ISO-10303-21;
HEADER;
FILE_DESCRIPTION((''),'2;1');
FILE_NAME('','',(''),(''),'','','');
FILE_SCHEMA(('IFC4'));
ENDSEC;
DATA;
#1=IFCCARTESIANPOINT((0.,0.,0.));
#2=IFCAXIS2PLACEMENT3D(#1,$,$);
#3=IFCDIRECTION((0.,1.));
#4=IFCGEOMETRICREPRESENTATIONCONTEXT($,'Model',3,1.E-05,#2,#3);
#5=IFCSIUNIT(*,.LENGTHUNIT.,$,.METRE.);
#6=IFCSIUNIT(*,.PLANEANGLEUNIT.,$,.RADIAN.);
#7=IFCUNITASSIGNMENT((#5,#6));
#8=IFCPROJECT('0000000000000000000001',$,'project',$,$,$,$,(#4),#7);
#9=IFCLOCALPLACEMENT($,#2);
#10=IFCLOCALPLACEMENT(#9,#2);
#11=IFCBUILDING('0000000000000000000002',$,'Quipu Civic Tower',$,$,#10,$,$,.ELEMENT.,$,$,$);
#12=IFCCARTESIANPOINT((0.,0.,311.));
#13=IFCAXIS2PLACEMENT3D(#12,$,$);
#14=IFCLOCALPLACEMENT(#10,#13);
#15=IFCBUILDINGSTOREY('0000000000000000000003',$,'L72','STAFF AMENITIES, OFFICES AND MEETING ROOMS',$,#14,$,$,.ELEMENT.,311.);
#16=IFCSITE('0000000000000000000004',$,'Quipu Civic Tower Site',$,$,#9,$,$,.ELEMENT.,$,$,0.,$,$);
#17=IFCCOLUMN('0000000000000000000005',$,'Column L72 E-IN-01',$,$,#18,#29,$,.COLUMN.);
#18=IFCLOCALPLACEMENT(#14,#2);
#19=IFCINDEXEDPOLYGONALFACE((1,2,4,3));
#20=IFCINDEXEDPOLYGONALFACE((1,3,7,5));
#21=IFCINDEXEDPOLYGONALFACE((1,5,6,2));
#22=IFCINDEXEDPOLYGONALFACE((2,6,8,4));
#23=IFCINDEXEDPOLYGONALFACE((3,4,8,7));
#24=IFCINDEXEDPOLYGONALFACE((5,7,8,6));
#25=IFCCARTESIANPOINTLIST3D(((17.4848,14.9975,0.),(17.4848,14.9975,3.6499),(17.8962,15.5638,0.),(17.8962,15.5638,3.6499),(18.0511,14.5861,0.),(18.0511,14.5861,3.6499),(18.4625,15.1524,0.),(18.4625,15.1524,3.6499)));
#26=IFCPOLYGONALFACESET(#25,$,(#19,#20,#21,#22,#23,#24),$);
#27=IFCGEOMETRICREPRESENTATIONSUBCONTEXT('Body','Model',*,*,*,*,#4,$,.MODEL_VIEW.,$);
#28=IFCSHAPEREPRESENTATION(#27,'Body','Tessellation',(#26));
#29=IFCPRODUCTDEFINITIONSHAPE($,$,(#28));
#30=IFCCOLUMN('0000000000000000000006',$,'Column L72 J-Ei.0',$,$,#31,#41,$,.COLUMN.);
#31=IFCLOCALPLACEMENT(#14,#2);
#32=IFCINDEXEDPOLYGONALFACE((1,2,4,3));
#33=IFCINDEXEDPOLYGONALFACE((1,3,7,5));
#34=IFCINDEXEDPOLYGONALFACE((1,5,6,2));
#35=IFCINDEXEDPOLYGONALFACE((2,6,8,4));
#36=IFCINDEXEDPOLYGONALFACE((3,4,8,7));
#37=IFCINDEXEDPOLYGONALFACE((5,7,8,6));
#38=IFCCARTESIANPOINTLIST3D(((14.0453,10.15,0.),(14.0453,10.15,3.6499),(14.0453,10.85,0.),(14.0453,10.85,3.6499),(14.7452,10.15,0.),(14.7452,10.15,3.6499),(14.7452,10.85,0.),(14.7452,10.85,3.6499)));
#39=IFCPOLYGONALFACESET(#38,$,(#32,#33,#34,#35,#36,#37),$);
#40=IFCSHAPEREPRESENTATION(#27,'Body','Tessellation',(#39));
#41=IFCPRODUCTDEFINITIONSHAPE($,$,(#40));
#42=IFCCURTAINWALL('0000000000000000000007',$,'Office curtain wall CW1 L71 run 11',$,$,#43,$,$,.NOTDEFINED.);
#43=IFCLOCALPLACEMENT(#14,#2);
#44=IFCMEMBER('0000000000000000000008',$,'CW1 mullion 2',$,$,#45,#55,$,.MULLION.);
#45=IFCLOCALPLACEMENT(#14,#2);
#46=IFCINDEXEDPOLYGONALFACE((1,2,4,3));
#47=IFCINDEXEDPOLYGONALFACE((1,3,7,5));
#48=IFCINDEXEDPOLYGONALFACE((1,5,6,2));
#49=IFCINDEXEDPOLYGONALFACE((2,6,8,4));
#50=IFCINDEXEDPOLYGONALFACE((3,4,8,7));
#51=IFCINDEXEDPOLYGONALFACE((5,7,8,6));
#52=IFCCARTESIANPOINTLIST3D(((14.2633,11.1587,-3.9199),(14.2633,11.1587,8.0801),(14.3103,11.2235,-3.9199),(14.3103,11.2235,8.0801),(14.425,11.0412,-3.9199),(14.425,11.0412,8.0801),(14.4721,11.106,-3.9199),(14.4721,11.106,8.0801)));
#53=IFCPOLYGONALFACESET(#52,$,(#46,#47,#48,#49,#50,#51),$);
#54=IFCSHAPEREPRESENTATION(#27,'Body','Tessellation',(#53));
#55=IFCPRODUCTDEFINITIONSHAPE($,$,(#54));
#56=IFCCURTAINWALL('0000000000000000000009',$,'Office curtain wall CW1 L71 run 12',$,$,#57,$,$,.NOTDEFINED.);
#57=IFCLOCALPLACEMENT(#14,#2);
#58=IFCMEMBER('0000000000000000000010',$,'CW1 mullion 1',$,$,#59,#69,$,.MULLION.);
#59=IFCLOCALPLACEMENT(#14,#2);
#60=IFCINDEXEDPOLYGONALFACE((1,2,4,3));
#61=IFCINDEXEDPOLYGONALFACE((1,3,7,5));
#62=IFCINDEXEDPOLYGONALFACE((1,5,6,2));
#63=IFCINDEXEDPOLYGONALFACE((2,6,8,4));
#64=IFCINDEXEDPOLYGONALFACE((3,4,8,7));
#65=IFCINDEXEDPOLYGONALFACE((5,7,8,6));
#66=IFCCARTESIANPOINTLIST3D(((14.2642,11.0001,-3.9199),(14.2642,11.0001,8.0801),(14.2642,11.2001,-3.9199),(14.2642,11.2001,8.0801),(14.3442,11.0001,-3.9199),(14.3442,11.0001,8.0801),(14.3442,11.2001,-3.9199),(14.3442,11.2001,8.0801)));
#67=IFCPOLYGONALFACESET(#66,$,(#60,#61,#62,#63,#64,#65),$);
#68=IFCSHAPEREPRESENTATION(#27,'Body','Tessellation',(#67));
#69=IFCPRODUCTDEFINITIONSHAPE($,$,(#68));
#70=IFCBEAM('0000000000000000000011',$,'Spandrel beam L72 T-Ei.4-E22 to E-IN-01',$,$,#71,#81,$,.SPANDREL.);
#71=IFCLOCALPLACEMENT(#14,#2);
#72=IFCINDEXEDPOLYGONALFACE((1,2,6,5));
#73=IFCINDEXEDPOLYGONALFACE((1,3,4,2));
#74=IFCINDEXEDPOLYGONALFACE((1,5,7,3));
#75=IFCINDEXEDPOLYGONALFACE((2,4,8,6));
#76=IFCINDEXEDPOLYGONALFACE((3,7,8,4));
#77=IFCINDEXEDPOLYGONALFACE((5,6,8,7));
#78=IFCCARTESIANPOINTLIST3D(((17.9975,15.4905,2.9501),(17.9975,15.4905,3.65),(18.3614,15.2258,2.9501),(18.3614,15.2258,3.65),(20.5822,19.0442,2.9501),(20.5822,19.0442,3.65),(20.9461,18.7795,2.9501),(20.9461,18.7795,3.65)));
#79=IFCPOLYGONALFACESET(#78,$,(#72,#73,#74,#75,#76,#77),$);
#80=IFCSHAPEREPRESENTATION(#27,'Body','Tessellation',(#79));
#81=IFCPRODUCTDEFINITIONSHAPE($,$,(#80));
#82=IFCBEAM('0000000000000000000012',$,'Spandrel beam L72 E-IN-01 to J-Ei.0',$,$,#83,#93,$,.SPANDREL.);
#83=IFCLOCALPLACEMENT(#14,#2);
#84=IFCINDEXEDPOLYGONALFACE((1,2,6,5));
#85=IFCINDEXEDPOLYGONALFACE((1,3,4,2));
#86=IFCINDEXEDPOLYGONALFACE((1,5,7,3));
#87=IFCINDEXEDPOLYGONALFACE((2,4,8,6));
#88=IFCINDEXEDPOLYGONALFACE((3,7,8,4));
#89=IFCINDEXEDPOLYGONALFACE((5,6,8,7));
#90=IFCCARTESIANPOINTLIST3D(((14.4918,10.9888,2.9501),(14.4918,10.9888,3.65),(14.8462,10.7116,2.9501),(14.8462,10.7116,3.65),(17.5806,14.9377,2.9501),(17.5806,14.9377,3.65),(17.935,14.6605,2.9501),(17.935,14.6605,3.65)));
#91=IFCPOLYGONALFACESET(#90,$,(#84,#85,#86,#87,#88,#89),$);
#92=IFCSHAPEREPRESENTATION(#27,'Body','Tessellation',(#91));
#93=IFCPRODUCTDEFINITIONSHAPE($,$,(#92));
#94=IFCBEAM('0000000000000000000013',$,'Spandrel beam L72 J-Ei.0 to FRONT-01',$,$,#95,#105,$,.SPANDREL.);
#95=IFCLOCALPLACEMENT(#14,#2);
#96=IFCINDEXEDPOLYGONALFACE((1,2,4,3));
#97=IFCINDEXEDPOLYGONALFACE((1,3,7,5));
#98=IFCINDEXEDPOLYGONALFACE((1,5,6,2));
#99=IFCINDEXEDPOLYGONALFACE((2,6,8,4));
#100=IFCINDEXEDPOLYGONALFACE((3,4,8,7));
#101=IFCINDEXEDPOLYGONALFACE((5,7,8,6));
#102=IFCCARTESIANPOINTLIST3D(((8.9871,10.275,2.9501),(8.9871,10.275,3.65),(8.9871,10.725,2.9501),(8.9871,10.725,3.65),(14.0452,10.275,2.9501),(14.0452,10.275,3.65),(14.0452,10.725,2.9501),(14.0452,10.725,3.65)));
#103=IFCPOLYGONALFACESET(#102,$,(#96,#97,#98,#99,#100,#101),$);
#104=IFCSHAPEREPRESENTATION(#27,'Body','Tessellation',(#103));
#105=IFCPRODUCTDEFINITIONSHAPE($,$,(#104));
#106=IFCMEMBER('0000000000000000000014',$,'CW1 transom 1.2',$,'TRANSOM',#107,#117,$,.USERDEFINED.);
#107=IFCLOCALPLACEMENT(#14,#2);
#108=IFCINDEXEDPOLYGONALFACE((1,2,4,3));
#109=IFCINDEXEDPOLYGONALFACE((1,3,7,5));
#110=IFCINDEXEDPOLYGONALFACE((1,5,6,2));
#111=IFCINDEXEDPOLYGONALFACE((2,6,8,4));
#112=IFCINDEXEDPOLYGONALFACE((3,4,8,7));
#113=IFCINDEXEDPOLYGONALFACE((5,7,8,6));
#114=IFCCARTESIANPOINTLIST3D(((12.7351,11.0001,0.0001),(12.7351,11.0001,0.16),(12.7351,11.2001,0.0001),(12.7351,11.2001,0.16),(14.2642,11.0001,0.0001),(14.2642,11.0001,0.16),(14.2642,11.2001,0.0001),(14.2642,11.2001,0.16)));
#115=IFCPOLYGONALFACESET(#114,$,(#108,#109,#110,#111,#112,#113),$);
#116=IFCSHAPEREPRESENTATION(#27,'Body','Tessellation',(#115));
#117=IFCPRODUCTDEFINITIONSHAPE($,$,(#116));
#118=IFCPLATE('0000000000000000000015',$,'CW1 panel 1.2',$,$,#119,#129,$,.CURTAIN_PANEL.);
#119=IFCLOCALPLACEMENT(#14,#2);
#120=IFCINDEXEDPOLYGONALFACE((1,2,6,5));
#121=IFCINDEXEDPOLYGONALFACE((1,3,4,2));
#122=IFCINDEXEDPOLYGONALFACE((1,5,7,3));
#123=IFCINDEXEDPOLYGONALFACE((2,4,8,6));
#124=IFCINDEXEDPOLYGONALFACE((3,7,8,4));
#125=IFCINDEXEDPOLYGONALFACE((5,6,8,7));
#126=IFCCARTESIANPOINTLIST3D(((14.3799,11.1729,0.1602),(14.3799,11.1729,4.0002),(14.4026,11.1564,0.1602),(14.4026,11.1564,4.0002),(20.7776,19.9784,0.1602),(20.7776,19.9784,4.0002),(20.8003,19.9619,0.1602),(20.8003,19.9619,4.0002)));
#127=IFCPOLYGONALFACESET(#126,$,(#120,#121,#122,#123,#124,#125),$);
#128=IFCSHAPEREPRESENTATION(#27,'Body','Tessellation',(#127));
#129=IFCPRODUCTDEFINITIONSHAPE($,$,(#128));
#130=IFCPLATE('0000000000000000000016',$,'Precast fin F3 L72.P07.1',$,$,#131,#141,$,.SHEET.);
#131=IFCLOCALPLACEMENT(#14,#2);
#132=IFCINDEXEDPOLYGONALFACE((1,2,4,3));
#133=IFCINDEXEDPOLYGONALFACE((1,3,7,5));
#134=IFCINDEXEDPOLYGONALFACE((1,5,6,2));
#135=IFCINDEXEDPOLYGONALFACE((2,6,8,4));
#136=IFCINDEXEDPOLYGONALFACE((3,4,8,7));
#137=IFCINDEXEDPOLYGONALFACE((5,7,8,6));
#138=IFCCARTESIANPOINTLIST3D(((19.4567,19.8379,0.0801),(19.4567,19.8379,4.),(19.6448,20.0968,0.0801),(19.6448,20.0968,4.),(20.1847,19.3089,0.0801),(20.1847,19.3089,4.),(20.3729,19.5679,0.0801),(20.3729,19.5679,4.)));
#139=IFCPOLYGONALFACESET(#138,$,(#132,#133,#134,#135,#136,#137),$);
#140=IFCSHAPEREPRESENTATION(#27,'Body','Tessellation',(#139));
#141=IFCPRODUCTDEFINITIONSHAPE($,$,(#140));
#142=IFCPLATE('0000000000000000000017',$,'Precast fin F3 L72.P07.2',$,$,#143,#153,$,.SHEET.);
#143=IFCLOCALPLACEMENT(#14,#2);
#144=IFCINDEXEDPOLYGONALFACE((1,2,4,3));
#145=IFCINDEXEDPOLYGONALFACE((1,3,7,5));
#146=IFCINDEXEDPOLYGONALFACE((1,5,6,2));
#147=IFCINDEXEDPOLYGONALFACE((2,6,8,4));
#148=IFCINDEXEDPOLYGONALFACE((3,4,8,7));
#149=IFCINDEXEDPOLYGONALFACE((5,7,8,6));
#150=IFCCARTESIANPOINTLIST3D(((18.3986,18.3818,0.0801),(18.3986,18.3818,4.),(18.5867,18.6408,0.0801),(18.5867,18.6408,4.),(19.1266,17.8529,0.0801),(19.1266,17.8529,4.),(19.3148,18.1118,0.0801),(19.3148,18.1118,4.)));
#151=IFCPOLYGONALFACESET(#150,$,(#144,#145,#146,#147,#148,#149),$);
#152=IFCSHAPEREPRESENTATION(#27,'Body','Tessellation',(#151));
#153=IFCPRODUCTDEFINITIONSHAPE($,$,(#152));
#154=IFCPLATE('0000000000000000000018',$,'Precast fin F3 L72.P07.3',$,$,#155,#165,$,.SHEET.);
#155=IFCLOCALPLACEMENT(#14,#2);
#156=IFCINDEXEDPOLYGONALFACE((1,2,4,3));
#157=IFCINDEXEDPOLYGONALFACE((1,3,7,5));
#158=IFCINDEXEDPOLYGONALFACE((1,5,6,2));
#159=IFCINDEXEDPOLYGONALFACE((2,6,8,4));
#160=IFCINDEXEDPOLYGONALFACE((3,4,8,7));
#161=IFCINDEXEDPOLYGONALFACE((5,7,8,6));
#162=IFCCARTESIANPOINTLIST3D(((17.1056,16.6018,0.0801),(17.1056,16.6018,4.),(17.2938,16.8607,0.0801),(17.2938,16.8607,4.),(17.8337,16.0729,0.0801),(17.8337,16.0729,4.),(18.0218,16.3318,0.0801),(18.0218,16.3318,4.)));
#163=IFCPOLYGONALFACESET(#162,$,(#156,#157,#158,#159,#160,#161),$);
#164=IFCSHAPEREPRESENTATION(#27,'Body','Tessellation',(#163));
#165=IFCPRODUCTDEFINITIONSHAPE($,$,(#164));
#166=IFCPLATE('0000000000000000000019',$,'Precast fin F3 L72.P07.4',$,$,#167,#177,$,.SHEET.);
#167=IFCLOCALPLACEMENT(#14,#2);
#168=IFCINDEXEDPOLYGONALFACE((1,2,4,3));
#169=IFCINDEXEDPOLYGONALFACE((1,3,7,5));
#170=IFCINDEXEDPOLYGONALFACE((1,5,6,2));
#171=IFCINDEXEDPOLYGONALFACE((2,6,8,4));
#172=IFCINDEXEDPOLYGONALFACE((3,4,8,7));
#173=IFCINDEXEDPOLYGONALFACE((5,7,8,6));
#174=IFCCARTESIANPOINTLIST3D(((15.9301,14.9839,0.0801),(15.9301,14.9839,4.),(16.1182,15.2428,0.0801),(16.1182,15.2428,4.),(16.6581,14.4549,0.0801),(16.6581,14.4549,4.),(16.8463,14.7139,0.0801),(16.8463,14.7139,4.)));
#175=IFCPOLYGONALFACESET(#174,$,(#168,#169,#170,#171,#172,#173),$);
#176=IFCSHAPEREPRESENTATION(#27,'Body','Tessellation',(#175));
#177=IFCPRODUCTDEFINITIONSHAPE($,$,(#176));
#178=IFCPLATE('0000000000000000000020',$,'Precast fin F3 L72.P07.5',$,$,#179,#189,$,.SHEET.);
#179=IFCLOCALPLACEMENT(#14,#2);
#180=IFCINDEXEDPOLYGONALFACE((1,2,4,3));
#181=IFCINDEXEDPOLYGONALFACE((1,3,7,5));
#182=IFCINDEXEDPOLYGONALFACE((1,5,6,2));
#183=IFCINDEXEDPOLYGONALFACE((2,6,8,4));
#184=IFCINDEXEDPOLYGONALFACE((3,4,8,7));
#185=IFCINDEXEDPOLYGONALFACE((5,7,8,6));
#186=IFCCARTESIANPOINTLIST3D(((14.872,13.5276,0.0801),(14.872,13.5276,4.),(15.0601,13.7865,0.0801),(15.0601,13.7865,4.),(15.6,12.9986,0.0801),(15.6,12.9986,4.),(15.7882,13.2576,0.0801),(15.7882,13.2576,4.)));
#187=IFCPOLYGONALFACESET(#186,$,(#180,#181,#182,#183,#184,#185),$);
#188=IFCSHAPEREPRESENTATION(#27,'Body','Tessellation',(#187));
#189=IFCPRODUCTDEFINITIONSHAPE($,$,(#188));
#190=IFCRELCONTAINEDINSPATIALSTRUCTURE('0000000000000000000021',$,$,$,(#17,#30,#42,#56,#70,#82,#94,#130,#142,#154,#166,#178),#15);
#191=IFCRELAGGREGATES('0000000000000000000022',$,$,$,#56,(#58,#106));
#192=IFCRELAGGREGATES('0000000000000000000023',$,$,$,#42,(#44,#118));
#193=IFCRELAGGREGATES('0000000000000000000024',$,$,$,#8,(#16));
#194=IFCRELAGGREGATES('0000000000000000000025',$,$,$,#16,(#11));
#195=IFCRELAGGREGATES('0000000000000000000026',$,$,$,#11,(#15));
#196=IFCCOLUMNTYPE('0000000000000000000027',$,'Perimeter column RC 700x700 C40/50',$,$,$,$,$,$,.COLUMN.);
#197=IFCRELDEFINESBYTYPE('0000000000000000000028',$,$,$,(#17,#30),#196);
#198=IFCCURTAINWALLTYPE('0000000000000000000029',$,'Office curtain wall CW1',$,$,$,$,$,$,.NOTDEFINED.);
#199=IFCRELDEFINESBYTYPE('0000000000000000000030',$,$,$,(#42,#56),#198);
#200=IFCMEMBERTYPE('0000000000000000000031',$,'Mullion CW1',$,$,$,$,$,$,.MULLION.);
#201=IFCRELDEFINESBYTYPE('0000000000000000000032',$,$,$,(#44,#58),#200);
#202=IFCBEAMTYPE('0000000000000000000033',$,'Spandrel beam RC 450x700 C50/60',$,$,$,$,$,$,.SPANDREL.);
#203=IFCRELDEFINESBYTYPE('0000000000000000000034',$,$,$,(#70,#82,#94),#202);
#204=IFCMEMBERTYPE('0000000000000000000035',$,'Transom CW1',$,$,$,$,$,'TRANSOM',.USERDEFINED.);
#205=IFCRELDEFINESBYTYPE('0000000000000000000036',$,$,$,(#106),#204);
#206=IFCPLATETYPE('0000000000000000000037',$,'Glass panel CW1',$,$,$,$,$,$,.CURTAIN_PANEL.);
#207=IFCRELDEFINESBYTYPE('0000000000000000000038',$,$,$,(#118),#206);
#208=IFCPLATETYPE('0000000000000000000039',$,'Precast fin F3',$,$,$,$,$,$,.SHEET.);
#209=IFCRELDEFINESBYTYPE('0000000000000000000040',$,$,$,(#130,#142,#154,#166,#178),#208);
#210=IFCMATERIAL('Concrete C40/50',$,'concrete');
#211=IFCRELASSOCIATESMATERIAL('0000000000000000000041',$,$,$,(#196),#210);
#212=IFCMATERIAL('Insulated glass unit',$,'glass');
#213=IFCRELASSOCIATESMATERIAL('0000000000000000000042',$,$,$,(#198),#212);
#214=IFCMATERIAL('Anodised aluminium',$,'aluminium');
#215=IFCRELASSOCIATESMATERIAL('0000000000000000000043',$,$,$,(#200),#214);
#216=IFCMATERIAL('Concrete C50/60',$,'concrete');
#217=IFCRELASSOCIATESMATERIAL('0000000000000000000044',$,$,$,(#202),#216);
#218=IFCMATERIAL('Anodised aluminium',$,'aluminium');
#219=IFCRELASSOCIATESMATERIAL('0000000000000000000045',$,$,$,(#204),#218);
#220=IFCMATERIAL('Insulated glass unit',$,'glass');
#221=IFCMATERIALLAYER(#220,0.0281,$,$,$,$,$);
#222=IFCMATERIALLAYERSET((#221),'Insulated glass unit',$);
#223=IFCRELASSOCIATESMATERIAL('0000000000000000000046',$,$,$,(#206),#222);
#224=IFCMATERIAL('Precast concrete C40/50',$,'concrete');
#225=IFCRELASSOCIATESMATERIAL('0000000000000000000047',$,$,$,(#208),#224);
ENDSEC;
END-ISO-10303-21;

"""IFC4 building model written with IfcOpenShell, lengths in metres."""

from ifc_helpers import new_model, si_unit, direction, frame, origin, origin_2d, place, context, subcontext, project, spatial, rectangle, extrude, material, layer, layer_set, material_profile, profile_set, type_object, element, aggregate, save


model = new_model("IFC4")

# Units and contexts
model_context = context("Model", 3, precision=1e-05, world=origin(), true_north=direction((0.0, 1.0)))
body_context = subcontext(model_context, "Body", "Model", "MODEL_VIEW")
ifc_project = project(units=[si_unit("LENGTHUNIT", "METRE"), si_unit("PLANEANGLEUNIT", "RADIAN")], contexts=[model_context])

# Site, building, storey
site_placement = place(None, origin())
site = spatial("IfcSite", under=ifc_project, at=site_placement, Name="Quipu Civic Tower Site", CompositionType="ELEMENT", RefElevation=0.0)
building_placement = place(site_placement, origin())
building = spatial("IfcBuilding", under=site, at=building_placement, Name="Quipu Civic Tower", CompositionType="ELEMENT")
storey_placement = place(building_placement, frame((0.0, 0.0, 311.0)))
storey = spatial("IfcBuildingStorey", under=building, at=storey_placement, Name="L72", Description="STAFF AMENITIES, OFFICES AND MEETING ROOMS", CompositionType="ELEMENT", Elevation=311.0)

# Columns
ifc_material_1 = material(Name="Concrete C40/50", Category="concrete")
ifc_material_profile_1 = material_profile(ifc_material_1, rectangle(XDim=0.7, YDim=0.7, at=origin_2d()), Name="RC700x700")
ifc_profile_set_1 = profile_set([ifc_material_profile_1], Name="Concrete C40/50")
column_type = type_object("IfcColumnType", Name="Perimeter column RC 700x700 C40/50", PredefinedType="COLUMN", material=ifc_profile_set_1)
for number, where, z_axis, x_axis, name in (
    (1, (17.9736, 15.075, 0.0), (0.0, 0.0, 1.0), (-0.587785, -0.809017, 0.0), "Column L72 E-IN-01"),
    (2, (14.3953, 10.5, 0.0), (0.0, 0.0, 1.0), (-1.0, 0.0, 0.0), "Column L72 J-Ei.0"),
):
    element("IfcColumn", number, at=place(storey_placement, frame(where, z_axis=z_axis, x_axis=x_axis)), inside=storey, type_object=column_type, Name=name, PredefinedType="COLUMN", context=body_context, shape_type="SweptSolid", body=[
        extrude(rectangle(XDim=0.7, YDim=0.7, at=origin_2d()), origin(), (0.0, 0.0, 1.0), 3.6499),
    ])

# Curtain walls, members
ifc_material_2 = material(Name="Insulated glass unit", Category="glass")
curtain_wall_type = type_object("IfcCurtainWallType", Name="Office curtain wall CW1", PredefinedType="NOTDEFINED", material=ifc_material_2)
curtain_wall_1_placement = place(storey_placement, origin())
curtain_wall_1 = element("IfcCurtainWall", 3, at=curtain_wall_1_placement, inside=storey, type_object=curtain_wall_type, Name="Office curtain wall CW1 L71 run 11", PredefinedType="NOTDEFINED")
ifc_material_3 = material(Name="Anodised aluminium", Category="aluminium")
ifc_material_profile_2 = material_profile(ifc_material_3, rectangle(XDim=0.2, YDim=0.0801, at=origin_2d()), Name="RECT 200x80")
ifc_profile_set_2 = profile_set([ifc_material_profile_2], Name="Anodised aluminium")
member_type_1 = type_object("IfcMemberType", Name="Mullion CW1", PredefinedType="MULLION", material=ifc_profile_set_2)
member_1_placement = place(storey_placement, frame((14.3677, 11.1323, -3.9199), z_axis=(0.0, 0.0, 1.0), x_axis=(0.809015, -0.587788, 0.0)))
member_1 = element("IfcMember", 4, at=member_1_placement, type_object=member_type_1, Name="CW1 mullion 2", PredefinedType="MULLION", context=body_context, shape_type="SweptSolid", body=[
    extrude(rectangle(XDim=0.2, YDim=0.0801, at=origin_2d()), origin(), (0.0, 0.0, 1.0), 12.0),
])
curtain_wall_2_placement = place(storey_placement, origin())
curtain_wall_2 = element("IfcCurtainWall", 5, at=curtain_wall_2_placement, inside=storey, type_object=curtain_wall_type, Name="Office curtain wall CW1 L71 run 12", PredefinedType="NOTDEFINED")
member_2_placement = place(storey_placement, frame((14.3042, 11.1001, -3.9199), z_axis=(0.0, 0.0, 1.0), x_axis=(0.0, -1.0, 0.0)))
member_2 = element("IfcMember", 6, at=member_2_placement, type_object=member_type_1, Name="CW1 mullion 1", PredefinedType="MULLION", context=body_context, shape_type="SweptSolid", body=[
    extrude(rectangle(XDim=0.2, YDim=0.0801, at=origin_2d()), origin(), (0.0, 0.0, 1.0), 12.0),
])

# Beams
ifc_material_4 = material(Name="Concrete C50/60", Category="concrete")
ifc_material_profile_3 = material_profile(ifc_material_4, rectangle(XDim=0.45, YDim=0.7, at=origin_2d()), Name="RC450x700")
ifc_profile_set_3 = profile_set([ifc_material_profile_3], Name="Concrete C50/60")
beam_type = type_object("IfcBeamType", Name="Spandrel beam RC 450x700 C50/60", PredefinedType="SPANDREL", material=ifc_profile_set_3)
beam_1_placement = place(storey_placement, frame((20.7642, 18.9119, 3.3), z_axis=(-0.588201, -0.808714, 0.0), x_axis=(0.808714, -0.588201, 0.0)))
element("IfcBeam", 7, at=beam_1_placement, inside=storey, type_object=beam_type, Name="Spandrel beam L72 T-Ei.4-E22 to E-IN-01", PredefinedType="SPANDREL", context=body_context, shape_type="SweptSolid", body=[
    extrude(rectangle(XDim=0.45, YDim=0.7, at=origin_2d()), origin(), (0.0, 0.0, 1.0), 4.3943),
])
beam_2_placement = place(storey_placement, frame((17.7578, 14.7991, 3.3), z_axis=(-0.616106, -0.787663, 0.0), x_axis=(0.787663, -0.616106, 0.0)))
element("IfcBeam", 8, at=beam_2_placement, inside=storey, type_object=beam_type, Name="Spandrel beam L72 E-IN-01 to J-Ei.0", PredefinedType="SPANDREL", context=body_context, shape_type="SweptSolid", body=[
    extrude(rectangle(XDim=0.45, YDim=0.7, at=origin_2d()), origin(), (0.0, 0.0, 1.0), 5.0134),
])
beam_3_placement = place(storey_placement, frame((14.0452, 10.5, 3.3), z_axis=(-1.0, 0.0, 0.0), x_axis=(0.0, -1.0, 0.0)))
element("IfcBeam", 9, at=beam_3_placement, inside=storey, type_object=beam_type, Name="Spandrel beam L72 J-Ei.0 to FRONT-01", PredefinedType="SPANDREL", context=body_context, shape_type="SweptSolid", body=[
    extrude(rectangle(XDim=0.45, YDim=0.7, at=origin_2d()), origin(), (0.0, 0.0, 1.0), 5.0581),
])

# Member
ifc_material_5 = material(Name="Anodised aluminium", Category="aluminium")
ifc_material_profile_4 = material_profile(ifc_material_5, rectangle(XDim=0.2, YDim=0.1599, at=origin_2d()), Name="RECT 200x160")
ifc_profile_set_4 = profile_set([ifc_material_profile_4], Name="Anodised aluminium")
member_type_2 = type_object("IfcMemberType", Name="Transom CW1", ElementType="TRANSOM", PredefinedType="USERDEFINED", material=ifc_profile_set_4)
member_3_placement = place(storey_placement, frame((14.2642, 11.1001, 0.0801), z_axis=(-1.0, 0.0, 0.0), x_axis=(0.0, -1.0, 0.0)))
member_3 = element("IfcMember", 10, at=member_3_placement, type_object=member_type_2, Name="CW1 transom 1.2", ObjectType="TRANSOM", PredefinedType="USERDEFINED", context=body_context, shape_type="SweptSolid", body=[
    extrude(rectangle(XDim=0.2, YDim=0.1599, at=origin_2d()), origin(), (0.0, 0.0, 1.0), 1.5291),
])
aggregate(curtain_wall_2, [member_2, member_3])

# Plate
ifc_material_6 = material(Name="Insulated glass unit", Category="glass")
ifc_layer_1 = layer(ifc_material_6, 0.0281)
ifc_layer_set_1 = layer_set([ifc_layer_1], Name="Insulated glass unit")
plate_type_1 = type_object("IfcPlateType", Name="Glass panel CW1", PredefinedType="CURTAIN_PANEL", material=ifc_layer_set_1)
plate_placement = place(storey_placement, frame((17.5901, 15.5674, 0.1602), z_axis=(0.0, 0.0, 1.0), x_axis=(-0.587788, -0.809015, 0.0)))
plate = element("IfcPlate", 11, at=plate_placement, type_object=plate_type_1, Name="CW1 panel 1.2", PredefinedType="CURTAIN_PANEL", context=body_context, shape_type="SweptSolid", body=[
    extrude(rectangle(XDim=10.8843, YDim=0.0281, at=origin_2d()), origin(), (0.0, 0.0, 1.0), 3.8401),
])
aggregate(curtain_wall_1, [member_1, plate])

# Plates
ifc_material_7 = material(Name="Precast concrete C40/50", Category="concrete")
plate_type_2 = type_object("IfcPlateType", Name="Precast fin F3", PredefinedType="SHEET", material=ifc_material_7)
for number, where, z_axis, x_axis, name in (
    (12, (19.9148, 19.7029, 0.0801), (0.0, 0.0, 1.0), (-0.587784, -0.809018, 0.0), "Precast fin F3 L72.P07.1"),
    (13, (18.8567, 18.2468, 0.0801), (0.0, 0.0, 1.0), (-0.587784, -0.809018, 0.0), "Precast fin F3 L72.P07.2"),
    (14, (17.5637, 16.4668, 0.0801), (0.0, 0.0, 1.0), (-0.587784, -0.809018, 0.0), "Precast fin F3 L72.P07.3"),
    (15, (16.3882, 14.8489, 0.0801), (0.0, 0.0, 1.0), (-0.587784, -0.809018, 0.0), "Precast fin F3 L72.P07.4"),
    (16, (15.3301, 13.3926, 0.0801), (0.0, 0.0, 1.0), (-0.587784, -0.809018, 0.0), "Precast fin F3 L72.P07.5"),
):
    element("IfcPlate", number, at=place(storey_placement, frame(where, z_axis=z_axis, x_axis=x_axis)), inside=storey, type_object=plate_type_2, Name=name, PredefinedType="SHEET", context=body_context, shape_type="SweptSolid", body=[
        extrude(rectangle(XDim=0.3201, YDim=0.8999, at=origin_2d()), origin(), (0.0, 0.0, 1.0), 3.9199),
    ])

save(model, "model.ifc")
